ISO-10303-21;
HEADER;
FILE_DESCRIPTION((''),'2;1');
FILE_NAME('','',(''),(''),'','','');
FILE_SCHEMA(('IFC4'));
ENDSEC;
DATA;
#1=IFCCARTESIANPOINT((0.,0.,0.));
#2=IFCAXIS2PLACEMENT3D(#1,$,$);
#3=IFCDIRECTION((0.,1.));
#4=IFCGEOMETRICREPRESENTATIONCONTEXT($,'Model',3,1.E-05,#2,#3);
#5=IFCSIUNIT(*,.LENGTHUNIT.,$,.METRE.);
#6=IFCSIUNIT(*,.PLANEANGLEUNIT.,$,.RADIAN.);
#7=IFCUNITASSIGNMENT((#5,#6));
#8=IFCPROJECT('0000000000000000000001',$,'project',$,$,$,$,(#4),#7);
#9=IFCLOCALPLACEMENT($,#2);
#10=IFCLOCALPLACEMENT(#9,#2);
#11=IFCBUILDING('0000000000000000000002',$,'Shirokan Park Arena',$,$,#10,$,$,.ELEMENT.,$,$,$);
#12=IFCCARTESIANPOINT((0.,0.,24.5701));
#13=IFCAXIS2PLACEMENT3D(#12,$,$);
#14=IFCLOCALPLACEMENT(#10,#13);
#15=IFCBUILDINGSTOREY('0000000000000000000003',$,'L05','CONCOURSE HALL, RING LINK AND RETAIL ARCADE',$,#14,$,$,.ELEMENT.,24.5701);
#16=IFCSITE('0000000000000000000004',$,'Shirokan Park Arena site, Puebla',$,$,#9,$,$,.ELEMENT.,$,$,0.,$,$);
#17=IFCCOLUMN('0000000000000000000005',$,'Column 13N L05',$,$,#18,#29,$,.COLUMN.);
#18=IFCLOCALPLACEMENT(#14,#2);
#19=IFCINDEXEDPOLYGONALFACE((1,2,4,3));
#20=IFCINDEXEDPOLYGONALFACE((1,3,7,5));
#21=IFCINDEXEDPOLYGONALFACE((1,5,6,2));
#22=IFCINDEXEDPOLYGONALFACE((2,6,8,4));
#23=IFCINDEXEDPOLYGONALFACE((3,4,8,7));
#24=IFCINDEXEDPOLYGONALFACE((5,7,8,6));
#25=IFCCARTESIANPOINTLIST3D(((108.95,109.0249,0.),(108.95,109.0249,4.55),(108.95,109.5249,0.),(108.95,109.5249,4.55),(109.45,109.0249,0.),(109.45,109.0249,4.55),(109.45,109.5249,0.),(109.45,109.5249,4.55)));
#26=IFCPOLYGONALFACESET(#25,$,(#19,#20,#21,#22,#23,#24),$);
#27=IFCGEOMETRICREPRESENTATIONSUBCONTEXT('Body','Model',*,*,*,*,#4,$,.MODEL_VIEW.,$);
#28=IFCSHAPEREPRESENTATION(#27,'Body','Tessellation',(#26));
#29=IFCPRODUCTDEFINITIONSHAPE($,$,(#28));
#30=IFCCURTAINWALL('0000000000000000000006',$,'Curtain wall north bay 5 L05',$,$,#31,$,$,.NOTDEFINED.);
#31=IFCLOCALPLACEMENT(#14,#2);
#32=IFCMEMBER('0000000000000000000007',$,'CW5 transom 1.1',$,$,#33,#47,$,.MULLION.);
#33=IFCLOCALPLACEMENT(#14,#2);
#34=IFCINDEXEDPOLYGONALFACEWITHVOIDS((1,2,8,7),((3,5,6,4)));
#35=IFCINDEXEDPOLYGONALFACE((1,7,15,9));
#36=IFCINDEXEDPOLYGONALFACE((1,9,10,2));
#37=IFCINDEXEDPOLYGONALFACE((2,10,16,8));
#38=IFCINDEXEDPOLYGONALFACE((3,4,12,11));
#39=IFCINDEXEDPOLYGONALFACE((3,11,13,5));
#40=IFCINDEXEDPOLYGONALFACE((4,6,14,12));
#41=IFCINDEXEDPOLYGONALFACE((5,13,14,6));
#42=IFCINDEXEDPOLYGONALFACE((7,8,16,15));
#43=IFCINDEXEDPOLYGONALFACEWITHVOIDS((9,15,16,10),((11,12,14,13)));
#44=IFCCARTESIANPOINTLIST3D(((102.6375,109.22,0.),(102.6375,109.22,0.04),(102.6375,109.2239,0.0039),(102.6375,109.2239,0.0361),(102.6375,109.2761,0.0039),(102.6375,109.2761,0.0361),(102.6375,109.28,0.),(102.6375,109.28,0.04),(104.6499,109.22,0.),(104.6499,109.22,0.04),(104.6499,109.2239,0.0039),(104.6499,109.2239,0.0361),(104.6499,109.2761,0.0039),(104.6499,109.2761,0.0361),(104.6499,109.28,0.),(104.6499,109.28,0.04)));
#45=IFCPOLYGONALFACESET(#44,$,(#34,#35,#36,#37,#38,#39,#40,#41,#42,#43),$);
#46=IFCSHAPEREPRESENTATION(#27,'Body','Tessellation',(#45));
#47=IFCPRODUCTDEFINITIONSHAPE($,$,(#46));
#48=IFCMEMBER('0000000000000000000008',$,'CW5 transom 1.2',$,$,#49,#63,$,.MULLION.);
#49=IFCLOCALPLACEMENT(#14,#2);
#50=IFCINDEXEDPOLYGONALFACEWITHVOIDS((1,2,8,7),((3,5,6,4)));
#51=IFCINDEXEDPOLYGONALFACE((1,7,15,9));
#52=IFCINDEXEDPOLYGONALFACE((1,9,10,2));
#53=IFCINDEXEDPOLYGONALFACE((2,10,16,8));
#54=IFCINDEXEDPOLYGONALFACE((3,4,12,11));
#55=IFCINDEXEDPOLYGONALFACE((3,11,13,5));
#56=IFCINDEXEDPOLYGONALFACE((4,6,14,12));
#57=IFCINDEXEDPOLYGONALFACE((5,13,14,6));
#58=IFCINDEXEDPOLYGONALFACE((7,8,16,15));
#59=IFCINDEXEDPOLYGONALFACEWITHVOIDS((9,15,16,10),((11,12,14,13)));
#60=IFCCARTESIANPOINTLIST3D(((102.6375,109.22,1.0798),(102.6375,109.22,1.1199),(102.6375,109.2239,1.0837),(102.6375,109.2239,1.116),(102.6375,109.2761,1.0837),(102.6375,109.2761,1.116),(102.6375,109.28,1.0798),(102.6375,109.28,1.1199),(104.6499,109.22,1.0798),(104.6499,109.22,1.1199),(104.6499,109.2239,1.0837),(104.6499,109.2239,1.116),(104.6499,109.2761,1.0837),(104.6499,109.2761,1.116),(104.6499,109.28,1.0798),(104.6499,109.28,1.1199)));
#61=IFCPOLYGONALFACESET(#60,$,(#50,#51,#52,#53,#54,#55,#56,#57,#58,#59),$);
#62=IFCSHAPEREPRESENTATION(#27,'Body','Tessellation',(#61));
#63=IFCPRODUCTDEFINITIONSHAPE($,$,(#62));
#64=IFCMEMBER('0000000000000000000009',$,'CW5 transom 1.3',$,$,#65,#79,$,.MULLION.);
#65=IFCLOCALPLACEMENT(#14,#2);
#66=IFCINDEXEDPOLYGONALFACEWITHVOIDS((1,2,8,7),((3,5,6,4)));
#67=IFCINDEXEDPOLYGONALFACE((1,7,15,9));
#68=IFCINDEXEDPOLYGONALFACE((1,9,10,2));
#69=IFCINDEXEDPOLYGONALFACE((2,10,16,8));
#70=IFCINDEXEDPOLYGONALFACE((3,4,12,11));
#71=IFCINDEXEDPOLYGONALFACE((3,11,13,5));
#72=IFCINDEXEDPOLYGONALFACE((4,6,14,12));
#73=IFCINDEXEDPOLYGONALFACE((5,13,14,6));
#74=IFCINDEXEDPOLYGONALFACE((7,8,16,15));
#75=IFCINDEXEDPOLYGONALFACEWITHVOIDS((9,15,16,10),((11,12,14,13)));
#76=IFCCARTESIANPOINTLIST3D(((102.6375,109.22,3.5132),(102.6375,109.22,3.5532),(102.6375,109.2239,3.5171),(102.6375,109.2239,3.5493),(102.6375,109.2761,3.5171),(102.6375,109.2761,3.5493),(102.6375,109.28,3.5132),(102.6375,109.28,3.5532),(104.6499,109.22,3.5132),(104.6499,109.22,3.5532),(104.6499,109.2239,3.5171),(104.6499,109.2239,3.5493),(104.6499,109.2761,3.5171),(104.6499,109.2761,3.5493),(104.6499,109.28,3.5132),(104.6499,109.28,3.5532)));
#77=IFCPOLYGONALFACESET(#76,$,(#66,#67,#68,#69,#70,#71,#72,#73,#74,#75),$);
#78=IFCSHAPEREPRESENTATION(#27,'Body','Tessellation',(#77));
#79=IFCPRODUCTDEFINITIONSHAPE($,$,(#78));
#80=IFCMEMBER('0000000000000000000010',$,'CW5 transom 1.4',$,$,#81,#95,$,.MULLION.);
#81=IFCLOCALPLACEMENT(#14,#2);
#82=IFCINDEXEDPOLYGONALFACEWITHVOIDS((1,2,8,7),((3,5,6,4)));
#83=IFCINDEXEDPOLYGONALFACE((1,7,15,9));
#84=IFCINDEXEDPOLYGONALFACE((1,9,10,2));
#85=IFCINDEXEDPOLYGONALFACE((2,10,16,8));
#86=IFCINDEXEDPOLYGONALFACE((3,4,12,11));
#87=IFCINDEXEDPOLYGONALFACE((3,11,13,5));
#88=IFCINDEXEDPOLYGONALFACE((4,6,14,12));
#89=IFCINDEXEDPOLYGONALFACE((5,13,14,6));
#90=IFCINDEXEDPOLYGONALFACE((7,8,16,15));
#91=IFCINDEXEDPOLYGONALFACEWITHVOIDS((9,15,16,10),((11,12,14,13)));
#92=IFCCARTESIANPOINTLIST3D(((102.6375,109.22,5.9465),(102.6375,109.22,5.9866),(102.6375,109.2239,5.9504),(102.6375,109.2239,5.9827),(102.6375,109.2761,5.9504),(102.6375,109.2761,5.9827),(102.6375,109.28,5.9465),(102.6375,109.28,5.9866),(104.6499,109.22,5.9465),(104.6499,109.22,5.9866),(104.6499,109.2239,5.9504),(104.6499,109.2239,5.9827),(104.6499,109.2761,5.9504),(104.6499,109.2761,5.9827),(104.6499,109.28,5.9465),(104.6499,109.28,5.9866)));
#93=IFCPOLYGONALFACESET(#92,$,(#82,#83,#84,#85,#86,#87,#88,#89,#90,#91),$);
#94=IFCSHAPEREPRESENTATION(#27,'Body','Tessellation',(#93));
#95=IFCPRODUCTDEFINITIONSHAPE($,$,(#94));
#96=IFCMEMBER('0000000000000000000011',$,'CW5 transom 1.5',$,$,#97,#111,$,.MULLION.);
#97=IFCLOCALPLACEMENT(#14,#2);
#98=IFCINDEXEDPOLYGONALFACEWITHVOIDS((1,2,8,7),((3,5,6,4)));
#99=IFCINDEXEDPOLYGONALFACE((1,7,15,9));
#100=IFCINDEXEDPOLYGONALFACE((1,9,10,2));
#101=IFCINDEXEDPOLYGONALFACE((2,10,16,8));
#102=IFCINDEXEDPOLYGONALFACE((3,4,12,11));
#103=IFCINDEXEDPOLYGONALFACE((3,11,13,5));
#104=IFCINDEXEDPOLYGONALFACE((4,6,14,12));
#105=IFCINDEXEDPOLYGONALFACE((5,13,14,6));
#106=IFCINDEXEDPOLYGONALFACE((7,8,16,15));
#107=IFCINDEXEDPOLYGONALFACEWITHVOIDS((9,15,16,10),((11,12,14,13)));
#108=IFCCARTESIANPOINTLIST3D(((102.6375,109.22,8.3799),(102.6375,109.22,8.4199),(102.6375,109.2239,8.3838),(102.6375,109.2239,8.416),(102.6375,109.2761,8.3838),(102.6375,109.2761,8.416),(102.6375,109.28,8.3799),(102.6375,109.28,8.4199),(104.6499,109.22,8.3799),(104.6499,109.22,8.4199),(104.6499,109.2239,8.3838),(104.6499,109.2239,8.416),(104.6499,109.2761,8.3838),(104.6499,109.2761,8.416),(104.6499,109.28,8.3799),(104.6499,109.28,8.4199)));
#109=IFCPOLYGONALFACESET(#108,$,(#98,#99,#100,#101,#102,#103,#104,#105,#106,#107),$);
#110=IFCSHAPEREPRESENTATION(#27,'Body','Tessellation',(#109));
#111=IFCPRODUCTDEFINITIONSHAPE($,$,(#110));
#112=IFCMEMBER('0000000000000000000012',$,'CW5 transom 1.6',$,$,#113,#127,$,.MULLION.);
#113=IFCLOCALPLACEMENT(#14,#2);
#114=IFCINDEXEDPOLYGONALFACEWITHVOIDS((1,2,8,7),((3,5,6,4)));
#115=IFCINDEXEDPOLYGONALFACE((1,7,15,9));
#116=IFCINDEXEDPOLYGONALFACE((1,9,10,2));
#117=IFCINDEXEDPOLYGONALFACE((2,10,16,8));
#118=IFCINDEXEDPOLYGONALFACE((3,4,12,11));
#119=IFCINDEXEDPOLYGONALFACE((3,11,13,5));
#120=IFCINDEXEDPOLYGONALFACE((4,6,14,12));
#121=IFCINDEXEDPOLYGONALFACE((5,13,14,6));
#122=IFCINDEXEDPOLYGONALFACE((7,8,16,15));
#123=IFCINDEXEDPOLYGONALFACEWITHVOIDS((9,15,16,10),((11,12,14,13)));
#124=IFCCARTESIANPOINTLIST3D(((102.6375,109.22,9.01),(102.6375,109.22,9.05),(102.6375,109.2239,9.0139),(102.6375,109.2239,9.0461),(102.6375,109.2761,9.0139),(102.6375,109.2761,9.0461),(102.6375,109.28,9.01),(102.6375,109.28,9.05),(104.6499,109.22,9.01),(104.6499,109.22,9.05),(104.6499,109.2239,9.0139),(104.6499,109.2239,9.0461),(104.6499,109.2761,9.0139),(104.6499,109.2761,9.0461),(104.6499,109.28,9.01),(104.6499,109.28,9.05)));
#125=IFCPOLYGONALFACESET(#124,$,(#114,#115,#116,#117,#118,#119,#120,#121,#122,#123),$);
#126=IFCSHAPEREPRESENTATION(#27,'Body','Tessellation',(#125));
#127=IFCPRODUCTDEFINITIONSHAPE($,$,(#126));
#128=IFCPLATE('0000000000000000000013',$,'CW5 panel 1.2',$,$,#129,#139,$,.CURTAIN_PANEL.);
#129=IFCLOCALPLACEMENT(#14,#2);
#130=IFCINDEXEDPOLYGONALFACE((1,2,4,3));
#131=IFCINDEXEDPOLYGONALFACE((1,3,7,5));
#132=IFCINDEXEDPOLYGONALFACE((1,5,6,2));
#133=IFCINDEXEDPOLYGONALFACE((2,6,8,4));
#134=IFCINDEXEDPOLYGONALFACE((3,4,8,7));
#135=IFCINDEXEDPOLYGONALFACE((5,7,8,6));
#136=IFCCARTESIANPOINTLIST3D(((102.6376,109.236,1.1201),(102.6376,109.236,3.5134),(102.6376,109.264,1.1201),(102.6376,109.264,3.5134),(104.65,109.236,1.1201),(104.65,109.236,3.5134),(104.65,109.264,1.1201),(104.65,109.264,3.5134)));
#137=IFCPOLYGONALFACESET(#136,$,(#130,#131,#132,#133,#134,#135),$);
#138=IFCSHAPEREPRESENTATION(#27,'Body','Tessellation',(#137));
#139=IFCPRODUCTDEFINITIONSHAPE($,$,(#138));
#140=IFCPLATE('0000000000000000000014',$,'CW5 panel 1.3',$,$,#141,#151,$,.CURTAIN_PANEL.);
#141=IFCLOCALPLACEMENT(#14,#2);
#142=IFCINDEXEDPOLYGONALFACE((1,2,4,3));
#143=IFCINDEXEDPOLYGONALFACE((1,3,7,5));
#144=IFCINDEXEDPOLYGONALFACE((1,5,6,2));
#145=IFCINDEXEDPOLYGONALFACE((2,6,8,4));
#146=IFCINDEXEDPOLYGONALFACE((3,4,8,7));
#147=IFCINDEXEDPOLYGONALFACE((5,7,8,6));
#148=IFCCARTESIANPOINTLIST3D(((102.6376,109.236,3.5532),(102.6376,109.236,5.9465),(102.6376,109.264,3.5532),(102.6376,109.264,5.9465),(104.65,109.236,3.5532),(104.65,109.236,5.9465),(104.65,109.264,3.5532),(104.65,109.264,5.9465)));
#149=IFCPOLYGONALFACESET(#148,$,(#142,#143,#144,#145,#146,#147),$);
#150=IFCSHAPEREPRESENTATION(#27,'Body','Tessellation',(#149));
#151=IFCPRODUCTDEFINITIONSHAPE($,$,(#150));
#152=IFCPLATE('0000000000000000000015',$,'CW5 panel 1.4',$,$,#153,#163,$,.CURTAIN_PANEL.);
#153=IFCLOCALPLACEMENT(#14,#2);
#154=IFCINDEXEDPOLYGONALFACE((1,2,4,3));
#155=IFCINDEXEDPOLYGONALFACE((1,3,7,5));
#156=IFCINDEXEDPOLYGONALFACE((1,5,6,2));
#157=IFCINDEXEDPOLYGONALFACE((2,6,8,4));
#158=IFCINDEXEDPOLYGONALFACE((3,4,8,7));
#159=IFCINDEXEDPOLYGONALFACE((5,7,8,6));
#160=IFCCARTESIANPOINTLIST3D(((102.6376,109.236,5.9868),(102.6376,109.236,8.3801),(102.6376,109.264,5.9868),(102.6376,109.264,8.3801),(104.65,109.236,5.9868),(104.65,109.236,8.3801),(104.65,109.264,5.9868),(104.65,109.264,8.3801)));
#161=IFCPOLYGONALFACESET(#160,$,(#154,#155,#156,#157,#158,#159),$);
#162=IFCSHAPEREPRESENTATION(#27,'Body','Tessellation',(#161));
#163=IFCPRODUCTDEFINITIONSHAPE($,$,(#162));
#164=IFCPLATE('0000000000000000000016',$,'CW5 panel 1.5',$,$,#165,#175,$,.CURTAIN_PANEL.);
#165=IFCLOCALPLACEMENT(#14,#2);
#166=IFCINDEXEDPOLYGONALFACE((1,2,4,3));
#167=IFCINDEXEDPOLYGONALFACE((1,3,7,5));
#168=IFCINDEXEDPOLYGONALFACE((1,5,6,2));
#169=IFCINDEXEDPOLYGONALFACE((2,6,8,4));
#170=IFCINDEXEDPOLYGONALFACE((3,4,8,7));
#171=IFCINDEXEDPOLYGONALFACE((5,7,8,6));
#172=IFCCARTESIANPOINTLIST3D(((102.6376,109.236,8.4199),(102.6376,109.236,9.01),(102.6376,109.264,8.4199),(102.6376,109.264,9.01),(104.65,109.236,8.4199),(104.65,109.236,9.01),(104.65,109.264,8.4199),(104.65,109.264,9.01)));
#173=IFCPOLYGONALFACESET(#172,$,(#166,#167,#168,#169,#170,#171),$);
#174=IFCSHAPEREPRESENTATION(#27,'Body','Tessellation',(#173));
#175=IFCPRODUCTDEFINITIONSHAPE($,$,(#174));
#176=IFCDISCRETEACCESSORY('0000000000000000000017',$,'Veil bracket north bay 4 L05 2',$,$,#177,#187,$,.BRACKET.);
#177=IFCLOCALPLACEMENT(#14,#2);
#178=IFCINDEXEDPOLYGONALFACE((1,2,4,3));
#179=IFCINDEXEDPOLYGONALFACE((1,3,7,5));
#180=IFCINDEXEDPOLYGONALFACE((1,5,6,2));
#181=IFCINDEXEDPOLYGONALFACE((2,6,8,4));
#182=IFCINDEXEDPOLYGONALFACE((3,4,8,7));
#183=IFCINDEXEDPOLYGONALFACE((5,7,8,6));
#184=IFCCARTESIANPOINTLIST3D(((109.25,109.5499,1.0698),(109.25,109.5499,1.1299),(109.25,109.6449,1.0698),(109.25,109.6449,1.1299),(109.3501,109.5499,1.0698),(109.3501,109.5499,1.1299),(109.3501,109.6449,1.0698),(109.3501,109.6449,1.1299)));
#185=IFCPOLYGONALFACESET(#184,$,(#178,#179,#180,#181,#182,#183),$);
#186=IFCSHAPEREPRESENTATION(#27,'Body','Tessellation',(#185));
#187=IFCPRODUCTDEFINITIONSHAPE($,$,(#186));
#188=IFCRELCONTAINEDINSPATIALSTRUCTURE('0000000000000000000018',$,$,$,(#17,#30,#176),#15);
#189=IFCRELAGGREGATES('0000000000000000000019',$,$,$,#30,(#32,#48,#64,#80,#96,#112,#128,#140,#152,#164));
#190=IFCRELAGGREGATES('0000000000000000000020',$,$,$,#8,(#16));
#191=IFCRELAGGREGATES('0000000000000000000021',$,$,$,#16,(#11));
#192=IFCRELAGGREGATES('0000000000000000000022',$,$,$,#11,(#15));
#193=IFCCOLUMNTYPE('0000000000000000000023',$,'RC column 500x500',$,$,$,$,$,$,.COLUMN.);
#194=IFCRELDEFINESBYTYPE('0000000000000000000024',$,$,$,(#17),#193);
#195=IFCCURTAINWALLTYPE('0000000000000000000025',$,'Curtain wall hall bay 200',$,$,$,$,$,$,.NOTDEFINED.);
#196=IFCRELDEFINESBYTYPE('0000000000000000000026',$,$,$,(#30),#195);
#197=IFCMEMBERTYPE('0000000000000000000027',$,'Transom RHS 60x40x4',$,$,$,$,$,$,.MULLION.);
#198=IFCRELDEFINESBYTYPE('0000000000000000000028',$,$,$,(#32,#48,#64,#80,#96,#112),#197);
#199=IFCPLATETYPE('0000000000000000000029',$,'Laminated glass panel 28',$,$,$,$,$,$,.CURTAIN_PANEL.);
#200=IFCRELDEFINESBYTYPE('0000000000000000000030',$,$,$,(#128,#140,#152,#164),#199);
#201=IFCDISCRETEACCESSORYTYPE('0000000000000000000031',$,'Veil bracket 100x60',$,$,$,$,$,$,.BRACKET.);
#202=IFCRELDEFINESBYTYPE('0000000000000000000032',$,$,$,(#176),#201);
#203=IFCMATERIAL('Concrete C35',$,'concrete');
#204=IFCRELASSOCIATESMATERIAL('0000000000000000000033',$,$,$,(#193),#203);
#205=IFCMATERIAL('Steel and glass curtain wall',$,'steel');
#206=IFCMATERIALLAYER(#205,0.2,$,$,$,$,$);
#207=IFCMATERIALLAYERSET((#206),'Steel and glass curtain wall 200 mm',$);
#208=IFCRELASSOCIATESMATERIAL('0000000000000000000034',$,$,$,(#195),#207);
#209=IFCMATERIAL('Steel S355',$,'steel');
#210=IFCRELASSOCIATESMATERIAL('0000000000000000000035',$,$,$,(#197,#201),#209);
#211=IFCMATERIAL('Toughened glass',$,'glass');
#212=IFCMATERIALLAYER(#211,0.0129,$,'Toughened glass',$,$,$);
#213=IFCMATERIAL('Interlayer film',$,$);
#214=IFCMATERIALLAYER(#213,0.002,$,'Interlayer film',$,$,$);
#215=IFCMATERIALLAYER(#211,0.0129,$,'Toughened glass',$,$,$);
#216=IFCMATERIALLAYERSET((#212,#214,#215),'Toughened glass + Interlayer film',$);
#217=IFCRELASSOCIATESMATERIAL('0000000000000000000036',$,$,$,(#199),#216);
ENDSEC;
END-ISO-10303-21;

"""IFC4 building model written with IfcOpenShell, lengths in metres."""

from ifc_helpers import new_model, si_unit, direction, frame, origin, origin_2d, place, context, subcontext, project, spatial, rectangle, hollow_rectangle, extrude, material, layer, layer_set, material_profile, profile_set, type_object, element, aggregate, save


model = new_model("IFC4")

# Units and contexts
model_context = context("Model", 3, precision=1e-05, world=origin(), true_north=direction((0.0, 1.0)))
body_context = subcontext(model_context, "Body", "Model", "MODEL_VIEW")
ifc_project = project(units=[si_unit("LENGTHUNIT", "METRE"), si_unit("PLANEANGLEUNIT", "RADIAN")], contexts=[model_context])

# Site, building, storey
site_placement = place(None, origin())
site = spatial("IfcSite", under=ifc_project, at=site_placement, Name="Shirokan Park Arena site, Puebla", CompositionType="ELEMENT", RefElevation=0.0)
building_placement = place(site_placement, origin())
building = spatial("IfcBuilding", under=site, at=building_placement, Name="Shirokan Park Arena", CompositionType="ELEMENT")
storey_placement = place(building_placement, frame((0.0, 0.0, 24.5701)))
storey = spatial("IfcBuildingStorey", under=building, at=storey_placement, Name="L05", Description="CONCOURSE HALL, RING LINK AND RETAIL ARCADE", CompositionType="ELEMENT", Elevation=24.5701)

# Column
ifc_material_1 = material(Name="Concrete C35", Category="concrete")
ifc_material_profile_1 = material_profile(ifc_material_1, rectangle(XDim=0.5, YDim=0.5, at=origin_2d()), Name="500x500")
ifc_profile_set_1 = profile_set([ifc_material_profile_1], Name="Concrete C35")
column_type = type_object("IfcColumnType", Name="RC column 500x500", PredefinedType="COLUMN", material=ifc_profile_set_1)
column_placement = place(storey_placement, frame((109.2, 109.2749, 0.0), z_axis=(0.0, 0.0, 1.0), x_axis=(1.0, 0.0, 0.0)))
element("IfcColumn", 1, at=column_placement, inside=storey, type_object=column_type, Name="Column 13N L05", PredefinedType="COLUMN", context=body_context, shape_type="SweptSolid", body=[
    extrude(rectangle(XDim=0.5, YDim=0.5, at=origin_2d()), origin(), (0.0, 0.0, 1.0), 4.55),
])

# Curtain wall, members, plates
ifc_material_2 = material(Name="Steel and glass curtain wall", Category="steel")
ifc_layer_1 = layer(ifc_material_2, 0.2)
ifc_layer_set_1 = layer_set([ifc_layer_1], Name="Steel and glass curtain wall 200 mm")
curtain_wall_type = type_object("IfcCurtainWallType", Name="Curtain wall hall bay 200", PredefinedType="NOTDEFINED", material=ifc_layer_set_1)
curtain_wall_placement = place(storey_placement, origin())
curtain_wall = element("IfcCurtainWall", 2, at=curtain_wall_placement, inside=storey, type_object=curtain_wall_type, Name="Curtain wall north bay 5 L05", PredefinedType="NOTDEFINED")
ifc_material_3 = material(Name="Steel S355", Category="steel")
ifc_material_profile_2 = material_profile(ifc_material_3, hollow_rectangle(XDim=0.0601, YDim=0.04, WallThickness=0.0039, at=origin_2d()), Name="RHS 60x40x4")
ifc_profile_set_2 = profile_set([ifc_material_profile_2], Name="Steel S355")
member_type = type_object("IfcMemberType", Name="Transom RHS 60x40x4", PredefinedType="MULLION", material=ifc_profile_set_2)
member_1_placement = place(storey_placement, frame((104.6499, 109.25, 0.02), z_axis=(-1.0, 0.0, 0.0), x_axis=(0.0, -1.0, 0.0)))
member_1 = element("IfcMember", 3, at=member_1_placement, type_object=member_type, Name="CW5 transom 1.1", PredefinedType="MULLION", context=body_context, shape_type="SweptSolid", body=[
    extrude(hollow_rectangle(XDim=0.0601, YDim=0.04, WallThickness=0.0039, at=origin_2d()), origin(), (0.0, 0.0, 1.0), 2.0125),
])
member_2_placement = place(storey_placement, frame((104.6499, 109.25, 1.0999), z_axis=(-1.0, 0.0, 0.0), x_axis=(0.0, -1.0, 0.0)))
member_2 = element("IfcMember", 4, at=member_2_placement, type_object=member_type, Name="CW5 transom 1.2", PredefinedType="MULLION", context=body_context, shape_type="SweptSolid", body=[
    extrude(hollow_rectangle(XDim=0.0601, YDim=0.04, WallThickness=0.0039, at=origin_2d()), origin(), (0.0, 0.0, 1.0), 2.0125),
])
member_3_placement = place(storey_placement, frame((104.6499, 109.25, 3.5332), z_axis=(-1.0, 0.0, 0.0), x_axis=(0.0, -1.0, 0.0)))
member_3 = element("IfcMember", 5, at=member_3_placement, type_object=member_type, Name="CW5 transom 1.3", PredefinedType="MULLION", context=body_context, shape_type="SweptSolid", body=[
    extrude(hollow_rectangle(XDim=0.0601, YDim=0.04, WallThickness=0.0039, at=origin_2d()), origin(), (0.0, 0.0, 1.0), 2.0125),
])
member_4_placement = place(storey_placement, frame((104.6499, 109.25, 5.9666), z_axis=(-1.0, 0.0, 0.0), x_axis=(0.0, -1.0, 0.0)))
member_4 = element("IfcMember", 6, at=member_4_placement, type_object=member_type, Name="CW5 transom 1.4", PredefinedType="MULLION", context=body_context, shape_type="SweptSolid", body=[
    extrude(hollow_rectangle(XDim=0.0601, YDim=0.04, WallThickness=0.0039, at=origin_2d()), origin(), (0.0, 0.0, 1.0), 2.0125),
])
member_5_placement = place(storey_placement, frame((104.6499, 109.25, 8.3999), z_axis=(-1.0, 0.0, 0.0), x_axis=(0.0, -1.0, 0.0)))
member_5 = element("IfcMember", 7, at=member_5_placement, type_object=member_type, Name="CW5 transom 1.5", PredefinedType="MULLION", context=body_context, shape_type="SweptSolid", body=[
    extrude(hollow_rectangle(XDim=0.0601, YDim=0.04, WallThickness=0.0039, at=origin_2d()), origin(), (0.0, 0.0, 1.0), 2.0125),
])
member_6_placement = place(storey_placement, frame((104.6499, 109.25, 9.03), z_axis=(-1.0, 0.0, 0.0), x_axis=(0.0, -1.0, 0.0)))
member_6 = element("IfcMember", 8, at=member_6_placement, type_object=member_type, Name="CW5 transom 1.6", PredefinedType="MULLION", context=body_context, shape_type="SweptSolid", body=[
    extrude(hollow_rectangle(XDim=0.0601, YDim=0.04, WallThickness=0.0039, at=origin_2d()), origin(), (0.0, 0.0, 1.0), 2.0125),
])
ifc_material_4 = material(Name="Toughened glass", Category="glass")
ifc_layer_2 = layer(ifc_material_4, 0.0129, Name="Toughened glass")
ifc_material_5 = material(Name="Interlayer film")
ifc_layer_3 = layer(ifc_material_5, 0.002, Name="Interlayer film")
ifc_layer_4 = layer(ifc_material_4, 0.0129, Name="Toughened glass")
ifc_layer_set_2 = layer_set([ifc_layer_2, ifc_layer_3, ifc_layer_4], Name="Toughened glass + Interlayer film")
plate_type = type_object("IfcPlateType", Name="Laminated glass panel 28", PredefinedType="CURTAIN_PANEL", material=ifc_layer_set_2)
plate_1_placement = place(storey_placement, frame((103.6438, 109.25, 1.1201), z_axis=(0.0, 0.0, 1.0), x_axis=(-1.0, 0.0, 0.0)))
plate_1 = element("IfcPlate", 9, at=plate_1_placement, type_object=plate_type, Name="CW5 panel 1.2", PredefinedType="CURTAIN_PANEL", context=body_context, shape_type="SweptSolid", body=[
    extrude(rectangle(XDim=2.0125, YDim=0.0281, at=origin_2d()), origin(), (0.0, 0.0, 1.0), 2.3933),
])
plate_2_placement = place(storey_placement, frame((103.6438, 109.25, 3.5532), z_axis=(0.0, 0.0, 1.0), x_axis=(-1.0, 0.0, 0.0)))
plate_2 = element("IfcPlate", 10, at=plate_2_placement, type_object=plate_type, Name="CW5 panel 1.3", PredefinedType="CURTAIN_PANEL", context=body_context, shape_type="SweptSolid", body=[
    extrude(rectangle(XDim=2.0125, YDim=0.0281, at=origin_2d()), origin(), (0.0, 0.0, 1.0), 2.3933),
])
plate_3_placement = place(storey_placement, frame((103.6438, 109.25, 5.9868), z_axis=(0.0, 0.0, 1.0), x_axis=(-1.0, 0.0, 0.0)))
plate_3 = element("IfcPlate", 11, at=plate_3_placement, type_object=plate_type, Name="CW5 panel 1.4", PredefinedType="CURTAIN_PANEL", context=body_context, shape_type="SweptSolid", body=[
    extrude(rectangle(XDim=2.0125, YDim=0.0281, at=origin_2d()), origin(), (0.0, 0.0, 1.0), 2.3933),
])
plate_4_placement = place(storey_placement, frame((103.6438, 109.25, 8.4199), z_axis=(0.0, 0.0, 1.0), x_axis=(-1.0, 0.0, 0.0)))
plate_4 = element("IfcPlate", 12, at=plate_4_placement, type_object=plate_type, Name="CW5 panel 1.5", PredefinedType="CURTAIN_PANEL", context=body_context, shape_type="SweptSolid", body=[
    extrude(rectangle(XDim=2.0125, YDim=0.0281, at=origin_2d()), origin(), (0.0, 0.0, 1.0), 0.5901),
])
aggregate(curtain_wall, [member_1, member_2, member_3, member_4, member_5, member_6, plate_1, plate_2, plate_3, plate_4])

# Discrete accessory
discrete_accessory_type = type_object("IfcDiscreteAccessoryType", Name="Veil bracket 100x60", PredefinedType="BRACKET", material=ifc_material_3)
for number, where, z_axis, x_axis, name in (
    (13, (109.3, 109.5974, 1.0698), (0.0, 0.0, 1.0), (-1.0, 0.0, 0.0), "Veil bracket north bay 4 L05 2"),
):
    element("IfcDiscreteAccessory", number, at=place(storey_placement, frame(where, z_axis=z_axis, x_axis=x_axis)), inside=storey, type_object=discrete_accessory_type, Name=name, PredefinedType="BRACKET", context=body_context, shape_type="SweptSolid", body=[
        extrude(rectangle(XDim=0.1001, YDim=0.095, at=origin_2d()), origin(), (0.0, 0.0, 1.0), 0.0601),
    ])

save(model, "model.ifc")
